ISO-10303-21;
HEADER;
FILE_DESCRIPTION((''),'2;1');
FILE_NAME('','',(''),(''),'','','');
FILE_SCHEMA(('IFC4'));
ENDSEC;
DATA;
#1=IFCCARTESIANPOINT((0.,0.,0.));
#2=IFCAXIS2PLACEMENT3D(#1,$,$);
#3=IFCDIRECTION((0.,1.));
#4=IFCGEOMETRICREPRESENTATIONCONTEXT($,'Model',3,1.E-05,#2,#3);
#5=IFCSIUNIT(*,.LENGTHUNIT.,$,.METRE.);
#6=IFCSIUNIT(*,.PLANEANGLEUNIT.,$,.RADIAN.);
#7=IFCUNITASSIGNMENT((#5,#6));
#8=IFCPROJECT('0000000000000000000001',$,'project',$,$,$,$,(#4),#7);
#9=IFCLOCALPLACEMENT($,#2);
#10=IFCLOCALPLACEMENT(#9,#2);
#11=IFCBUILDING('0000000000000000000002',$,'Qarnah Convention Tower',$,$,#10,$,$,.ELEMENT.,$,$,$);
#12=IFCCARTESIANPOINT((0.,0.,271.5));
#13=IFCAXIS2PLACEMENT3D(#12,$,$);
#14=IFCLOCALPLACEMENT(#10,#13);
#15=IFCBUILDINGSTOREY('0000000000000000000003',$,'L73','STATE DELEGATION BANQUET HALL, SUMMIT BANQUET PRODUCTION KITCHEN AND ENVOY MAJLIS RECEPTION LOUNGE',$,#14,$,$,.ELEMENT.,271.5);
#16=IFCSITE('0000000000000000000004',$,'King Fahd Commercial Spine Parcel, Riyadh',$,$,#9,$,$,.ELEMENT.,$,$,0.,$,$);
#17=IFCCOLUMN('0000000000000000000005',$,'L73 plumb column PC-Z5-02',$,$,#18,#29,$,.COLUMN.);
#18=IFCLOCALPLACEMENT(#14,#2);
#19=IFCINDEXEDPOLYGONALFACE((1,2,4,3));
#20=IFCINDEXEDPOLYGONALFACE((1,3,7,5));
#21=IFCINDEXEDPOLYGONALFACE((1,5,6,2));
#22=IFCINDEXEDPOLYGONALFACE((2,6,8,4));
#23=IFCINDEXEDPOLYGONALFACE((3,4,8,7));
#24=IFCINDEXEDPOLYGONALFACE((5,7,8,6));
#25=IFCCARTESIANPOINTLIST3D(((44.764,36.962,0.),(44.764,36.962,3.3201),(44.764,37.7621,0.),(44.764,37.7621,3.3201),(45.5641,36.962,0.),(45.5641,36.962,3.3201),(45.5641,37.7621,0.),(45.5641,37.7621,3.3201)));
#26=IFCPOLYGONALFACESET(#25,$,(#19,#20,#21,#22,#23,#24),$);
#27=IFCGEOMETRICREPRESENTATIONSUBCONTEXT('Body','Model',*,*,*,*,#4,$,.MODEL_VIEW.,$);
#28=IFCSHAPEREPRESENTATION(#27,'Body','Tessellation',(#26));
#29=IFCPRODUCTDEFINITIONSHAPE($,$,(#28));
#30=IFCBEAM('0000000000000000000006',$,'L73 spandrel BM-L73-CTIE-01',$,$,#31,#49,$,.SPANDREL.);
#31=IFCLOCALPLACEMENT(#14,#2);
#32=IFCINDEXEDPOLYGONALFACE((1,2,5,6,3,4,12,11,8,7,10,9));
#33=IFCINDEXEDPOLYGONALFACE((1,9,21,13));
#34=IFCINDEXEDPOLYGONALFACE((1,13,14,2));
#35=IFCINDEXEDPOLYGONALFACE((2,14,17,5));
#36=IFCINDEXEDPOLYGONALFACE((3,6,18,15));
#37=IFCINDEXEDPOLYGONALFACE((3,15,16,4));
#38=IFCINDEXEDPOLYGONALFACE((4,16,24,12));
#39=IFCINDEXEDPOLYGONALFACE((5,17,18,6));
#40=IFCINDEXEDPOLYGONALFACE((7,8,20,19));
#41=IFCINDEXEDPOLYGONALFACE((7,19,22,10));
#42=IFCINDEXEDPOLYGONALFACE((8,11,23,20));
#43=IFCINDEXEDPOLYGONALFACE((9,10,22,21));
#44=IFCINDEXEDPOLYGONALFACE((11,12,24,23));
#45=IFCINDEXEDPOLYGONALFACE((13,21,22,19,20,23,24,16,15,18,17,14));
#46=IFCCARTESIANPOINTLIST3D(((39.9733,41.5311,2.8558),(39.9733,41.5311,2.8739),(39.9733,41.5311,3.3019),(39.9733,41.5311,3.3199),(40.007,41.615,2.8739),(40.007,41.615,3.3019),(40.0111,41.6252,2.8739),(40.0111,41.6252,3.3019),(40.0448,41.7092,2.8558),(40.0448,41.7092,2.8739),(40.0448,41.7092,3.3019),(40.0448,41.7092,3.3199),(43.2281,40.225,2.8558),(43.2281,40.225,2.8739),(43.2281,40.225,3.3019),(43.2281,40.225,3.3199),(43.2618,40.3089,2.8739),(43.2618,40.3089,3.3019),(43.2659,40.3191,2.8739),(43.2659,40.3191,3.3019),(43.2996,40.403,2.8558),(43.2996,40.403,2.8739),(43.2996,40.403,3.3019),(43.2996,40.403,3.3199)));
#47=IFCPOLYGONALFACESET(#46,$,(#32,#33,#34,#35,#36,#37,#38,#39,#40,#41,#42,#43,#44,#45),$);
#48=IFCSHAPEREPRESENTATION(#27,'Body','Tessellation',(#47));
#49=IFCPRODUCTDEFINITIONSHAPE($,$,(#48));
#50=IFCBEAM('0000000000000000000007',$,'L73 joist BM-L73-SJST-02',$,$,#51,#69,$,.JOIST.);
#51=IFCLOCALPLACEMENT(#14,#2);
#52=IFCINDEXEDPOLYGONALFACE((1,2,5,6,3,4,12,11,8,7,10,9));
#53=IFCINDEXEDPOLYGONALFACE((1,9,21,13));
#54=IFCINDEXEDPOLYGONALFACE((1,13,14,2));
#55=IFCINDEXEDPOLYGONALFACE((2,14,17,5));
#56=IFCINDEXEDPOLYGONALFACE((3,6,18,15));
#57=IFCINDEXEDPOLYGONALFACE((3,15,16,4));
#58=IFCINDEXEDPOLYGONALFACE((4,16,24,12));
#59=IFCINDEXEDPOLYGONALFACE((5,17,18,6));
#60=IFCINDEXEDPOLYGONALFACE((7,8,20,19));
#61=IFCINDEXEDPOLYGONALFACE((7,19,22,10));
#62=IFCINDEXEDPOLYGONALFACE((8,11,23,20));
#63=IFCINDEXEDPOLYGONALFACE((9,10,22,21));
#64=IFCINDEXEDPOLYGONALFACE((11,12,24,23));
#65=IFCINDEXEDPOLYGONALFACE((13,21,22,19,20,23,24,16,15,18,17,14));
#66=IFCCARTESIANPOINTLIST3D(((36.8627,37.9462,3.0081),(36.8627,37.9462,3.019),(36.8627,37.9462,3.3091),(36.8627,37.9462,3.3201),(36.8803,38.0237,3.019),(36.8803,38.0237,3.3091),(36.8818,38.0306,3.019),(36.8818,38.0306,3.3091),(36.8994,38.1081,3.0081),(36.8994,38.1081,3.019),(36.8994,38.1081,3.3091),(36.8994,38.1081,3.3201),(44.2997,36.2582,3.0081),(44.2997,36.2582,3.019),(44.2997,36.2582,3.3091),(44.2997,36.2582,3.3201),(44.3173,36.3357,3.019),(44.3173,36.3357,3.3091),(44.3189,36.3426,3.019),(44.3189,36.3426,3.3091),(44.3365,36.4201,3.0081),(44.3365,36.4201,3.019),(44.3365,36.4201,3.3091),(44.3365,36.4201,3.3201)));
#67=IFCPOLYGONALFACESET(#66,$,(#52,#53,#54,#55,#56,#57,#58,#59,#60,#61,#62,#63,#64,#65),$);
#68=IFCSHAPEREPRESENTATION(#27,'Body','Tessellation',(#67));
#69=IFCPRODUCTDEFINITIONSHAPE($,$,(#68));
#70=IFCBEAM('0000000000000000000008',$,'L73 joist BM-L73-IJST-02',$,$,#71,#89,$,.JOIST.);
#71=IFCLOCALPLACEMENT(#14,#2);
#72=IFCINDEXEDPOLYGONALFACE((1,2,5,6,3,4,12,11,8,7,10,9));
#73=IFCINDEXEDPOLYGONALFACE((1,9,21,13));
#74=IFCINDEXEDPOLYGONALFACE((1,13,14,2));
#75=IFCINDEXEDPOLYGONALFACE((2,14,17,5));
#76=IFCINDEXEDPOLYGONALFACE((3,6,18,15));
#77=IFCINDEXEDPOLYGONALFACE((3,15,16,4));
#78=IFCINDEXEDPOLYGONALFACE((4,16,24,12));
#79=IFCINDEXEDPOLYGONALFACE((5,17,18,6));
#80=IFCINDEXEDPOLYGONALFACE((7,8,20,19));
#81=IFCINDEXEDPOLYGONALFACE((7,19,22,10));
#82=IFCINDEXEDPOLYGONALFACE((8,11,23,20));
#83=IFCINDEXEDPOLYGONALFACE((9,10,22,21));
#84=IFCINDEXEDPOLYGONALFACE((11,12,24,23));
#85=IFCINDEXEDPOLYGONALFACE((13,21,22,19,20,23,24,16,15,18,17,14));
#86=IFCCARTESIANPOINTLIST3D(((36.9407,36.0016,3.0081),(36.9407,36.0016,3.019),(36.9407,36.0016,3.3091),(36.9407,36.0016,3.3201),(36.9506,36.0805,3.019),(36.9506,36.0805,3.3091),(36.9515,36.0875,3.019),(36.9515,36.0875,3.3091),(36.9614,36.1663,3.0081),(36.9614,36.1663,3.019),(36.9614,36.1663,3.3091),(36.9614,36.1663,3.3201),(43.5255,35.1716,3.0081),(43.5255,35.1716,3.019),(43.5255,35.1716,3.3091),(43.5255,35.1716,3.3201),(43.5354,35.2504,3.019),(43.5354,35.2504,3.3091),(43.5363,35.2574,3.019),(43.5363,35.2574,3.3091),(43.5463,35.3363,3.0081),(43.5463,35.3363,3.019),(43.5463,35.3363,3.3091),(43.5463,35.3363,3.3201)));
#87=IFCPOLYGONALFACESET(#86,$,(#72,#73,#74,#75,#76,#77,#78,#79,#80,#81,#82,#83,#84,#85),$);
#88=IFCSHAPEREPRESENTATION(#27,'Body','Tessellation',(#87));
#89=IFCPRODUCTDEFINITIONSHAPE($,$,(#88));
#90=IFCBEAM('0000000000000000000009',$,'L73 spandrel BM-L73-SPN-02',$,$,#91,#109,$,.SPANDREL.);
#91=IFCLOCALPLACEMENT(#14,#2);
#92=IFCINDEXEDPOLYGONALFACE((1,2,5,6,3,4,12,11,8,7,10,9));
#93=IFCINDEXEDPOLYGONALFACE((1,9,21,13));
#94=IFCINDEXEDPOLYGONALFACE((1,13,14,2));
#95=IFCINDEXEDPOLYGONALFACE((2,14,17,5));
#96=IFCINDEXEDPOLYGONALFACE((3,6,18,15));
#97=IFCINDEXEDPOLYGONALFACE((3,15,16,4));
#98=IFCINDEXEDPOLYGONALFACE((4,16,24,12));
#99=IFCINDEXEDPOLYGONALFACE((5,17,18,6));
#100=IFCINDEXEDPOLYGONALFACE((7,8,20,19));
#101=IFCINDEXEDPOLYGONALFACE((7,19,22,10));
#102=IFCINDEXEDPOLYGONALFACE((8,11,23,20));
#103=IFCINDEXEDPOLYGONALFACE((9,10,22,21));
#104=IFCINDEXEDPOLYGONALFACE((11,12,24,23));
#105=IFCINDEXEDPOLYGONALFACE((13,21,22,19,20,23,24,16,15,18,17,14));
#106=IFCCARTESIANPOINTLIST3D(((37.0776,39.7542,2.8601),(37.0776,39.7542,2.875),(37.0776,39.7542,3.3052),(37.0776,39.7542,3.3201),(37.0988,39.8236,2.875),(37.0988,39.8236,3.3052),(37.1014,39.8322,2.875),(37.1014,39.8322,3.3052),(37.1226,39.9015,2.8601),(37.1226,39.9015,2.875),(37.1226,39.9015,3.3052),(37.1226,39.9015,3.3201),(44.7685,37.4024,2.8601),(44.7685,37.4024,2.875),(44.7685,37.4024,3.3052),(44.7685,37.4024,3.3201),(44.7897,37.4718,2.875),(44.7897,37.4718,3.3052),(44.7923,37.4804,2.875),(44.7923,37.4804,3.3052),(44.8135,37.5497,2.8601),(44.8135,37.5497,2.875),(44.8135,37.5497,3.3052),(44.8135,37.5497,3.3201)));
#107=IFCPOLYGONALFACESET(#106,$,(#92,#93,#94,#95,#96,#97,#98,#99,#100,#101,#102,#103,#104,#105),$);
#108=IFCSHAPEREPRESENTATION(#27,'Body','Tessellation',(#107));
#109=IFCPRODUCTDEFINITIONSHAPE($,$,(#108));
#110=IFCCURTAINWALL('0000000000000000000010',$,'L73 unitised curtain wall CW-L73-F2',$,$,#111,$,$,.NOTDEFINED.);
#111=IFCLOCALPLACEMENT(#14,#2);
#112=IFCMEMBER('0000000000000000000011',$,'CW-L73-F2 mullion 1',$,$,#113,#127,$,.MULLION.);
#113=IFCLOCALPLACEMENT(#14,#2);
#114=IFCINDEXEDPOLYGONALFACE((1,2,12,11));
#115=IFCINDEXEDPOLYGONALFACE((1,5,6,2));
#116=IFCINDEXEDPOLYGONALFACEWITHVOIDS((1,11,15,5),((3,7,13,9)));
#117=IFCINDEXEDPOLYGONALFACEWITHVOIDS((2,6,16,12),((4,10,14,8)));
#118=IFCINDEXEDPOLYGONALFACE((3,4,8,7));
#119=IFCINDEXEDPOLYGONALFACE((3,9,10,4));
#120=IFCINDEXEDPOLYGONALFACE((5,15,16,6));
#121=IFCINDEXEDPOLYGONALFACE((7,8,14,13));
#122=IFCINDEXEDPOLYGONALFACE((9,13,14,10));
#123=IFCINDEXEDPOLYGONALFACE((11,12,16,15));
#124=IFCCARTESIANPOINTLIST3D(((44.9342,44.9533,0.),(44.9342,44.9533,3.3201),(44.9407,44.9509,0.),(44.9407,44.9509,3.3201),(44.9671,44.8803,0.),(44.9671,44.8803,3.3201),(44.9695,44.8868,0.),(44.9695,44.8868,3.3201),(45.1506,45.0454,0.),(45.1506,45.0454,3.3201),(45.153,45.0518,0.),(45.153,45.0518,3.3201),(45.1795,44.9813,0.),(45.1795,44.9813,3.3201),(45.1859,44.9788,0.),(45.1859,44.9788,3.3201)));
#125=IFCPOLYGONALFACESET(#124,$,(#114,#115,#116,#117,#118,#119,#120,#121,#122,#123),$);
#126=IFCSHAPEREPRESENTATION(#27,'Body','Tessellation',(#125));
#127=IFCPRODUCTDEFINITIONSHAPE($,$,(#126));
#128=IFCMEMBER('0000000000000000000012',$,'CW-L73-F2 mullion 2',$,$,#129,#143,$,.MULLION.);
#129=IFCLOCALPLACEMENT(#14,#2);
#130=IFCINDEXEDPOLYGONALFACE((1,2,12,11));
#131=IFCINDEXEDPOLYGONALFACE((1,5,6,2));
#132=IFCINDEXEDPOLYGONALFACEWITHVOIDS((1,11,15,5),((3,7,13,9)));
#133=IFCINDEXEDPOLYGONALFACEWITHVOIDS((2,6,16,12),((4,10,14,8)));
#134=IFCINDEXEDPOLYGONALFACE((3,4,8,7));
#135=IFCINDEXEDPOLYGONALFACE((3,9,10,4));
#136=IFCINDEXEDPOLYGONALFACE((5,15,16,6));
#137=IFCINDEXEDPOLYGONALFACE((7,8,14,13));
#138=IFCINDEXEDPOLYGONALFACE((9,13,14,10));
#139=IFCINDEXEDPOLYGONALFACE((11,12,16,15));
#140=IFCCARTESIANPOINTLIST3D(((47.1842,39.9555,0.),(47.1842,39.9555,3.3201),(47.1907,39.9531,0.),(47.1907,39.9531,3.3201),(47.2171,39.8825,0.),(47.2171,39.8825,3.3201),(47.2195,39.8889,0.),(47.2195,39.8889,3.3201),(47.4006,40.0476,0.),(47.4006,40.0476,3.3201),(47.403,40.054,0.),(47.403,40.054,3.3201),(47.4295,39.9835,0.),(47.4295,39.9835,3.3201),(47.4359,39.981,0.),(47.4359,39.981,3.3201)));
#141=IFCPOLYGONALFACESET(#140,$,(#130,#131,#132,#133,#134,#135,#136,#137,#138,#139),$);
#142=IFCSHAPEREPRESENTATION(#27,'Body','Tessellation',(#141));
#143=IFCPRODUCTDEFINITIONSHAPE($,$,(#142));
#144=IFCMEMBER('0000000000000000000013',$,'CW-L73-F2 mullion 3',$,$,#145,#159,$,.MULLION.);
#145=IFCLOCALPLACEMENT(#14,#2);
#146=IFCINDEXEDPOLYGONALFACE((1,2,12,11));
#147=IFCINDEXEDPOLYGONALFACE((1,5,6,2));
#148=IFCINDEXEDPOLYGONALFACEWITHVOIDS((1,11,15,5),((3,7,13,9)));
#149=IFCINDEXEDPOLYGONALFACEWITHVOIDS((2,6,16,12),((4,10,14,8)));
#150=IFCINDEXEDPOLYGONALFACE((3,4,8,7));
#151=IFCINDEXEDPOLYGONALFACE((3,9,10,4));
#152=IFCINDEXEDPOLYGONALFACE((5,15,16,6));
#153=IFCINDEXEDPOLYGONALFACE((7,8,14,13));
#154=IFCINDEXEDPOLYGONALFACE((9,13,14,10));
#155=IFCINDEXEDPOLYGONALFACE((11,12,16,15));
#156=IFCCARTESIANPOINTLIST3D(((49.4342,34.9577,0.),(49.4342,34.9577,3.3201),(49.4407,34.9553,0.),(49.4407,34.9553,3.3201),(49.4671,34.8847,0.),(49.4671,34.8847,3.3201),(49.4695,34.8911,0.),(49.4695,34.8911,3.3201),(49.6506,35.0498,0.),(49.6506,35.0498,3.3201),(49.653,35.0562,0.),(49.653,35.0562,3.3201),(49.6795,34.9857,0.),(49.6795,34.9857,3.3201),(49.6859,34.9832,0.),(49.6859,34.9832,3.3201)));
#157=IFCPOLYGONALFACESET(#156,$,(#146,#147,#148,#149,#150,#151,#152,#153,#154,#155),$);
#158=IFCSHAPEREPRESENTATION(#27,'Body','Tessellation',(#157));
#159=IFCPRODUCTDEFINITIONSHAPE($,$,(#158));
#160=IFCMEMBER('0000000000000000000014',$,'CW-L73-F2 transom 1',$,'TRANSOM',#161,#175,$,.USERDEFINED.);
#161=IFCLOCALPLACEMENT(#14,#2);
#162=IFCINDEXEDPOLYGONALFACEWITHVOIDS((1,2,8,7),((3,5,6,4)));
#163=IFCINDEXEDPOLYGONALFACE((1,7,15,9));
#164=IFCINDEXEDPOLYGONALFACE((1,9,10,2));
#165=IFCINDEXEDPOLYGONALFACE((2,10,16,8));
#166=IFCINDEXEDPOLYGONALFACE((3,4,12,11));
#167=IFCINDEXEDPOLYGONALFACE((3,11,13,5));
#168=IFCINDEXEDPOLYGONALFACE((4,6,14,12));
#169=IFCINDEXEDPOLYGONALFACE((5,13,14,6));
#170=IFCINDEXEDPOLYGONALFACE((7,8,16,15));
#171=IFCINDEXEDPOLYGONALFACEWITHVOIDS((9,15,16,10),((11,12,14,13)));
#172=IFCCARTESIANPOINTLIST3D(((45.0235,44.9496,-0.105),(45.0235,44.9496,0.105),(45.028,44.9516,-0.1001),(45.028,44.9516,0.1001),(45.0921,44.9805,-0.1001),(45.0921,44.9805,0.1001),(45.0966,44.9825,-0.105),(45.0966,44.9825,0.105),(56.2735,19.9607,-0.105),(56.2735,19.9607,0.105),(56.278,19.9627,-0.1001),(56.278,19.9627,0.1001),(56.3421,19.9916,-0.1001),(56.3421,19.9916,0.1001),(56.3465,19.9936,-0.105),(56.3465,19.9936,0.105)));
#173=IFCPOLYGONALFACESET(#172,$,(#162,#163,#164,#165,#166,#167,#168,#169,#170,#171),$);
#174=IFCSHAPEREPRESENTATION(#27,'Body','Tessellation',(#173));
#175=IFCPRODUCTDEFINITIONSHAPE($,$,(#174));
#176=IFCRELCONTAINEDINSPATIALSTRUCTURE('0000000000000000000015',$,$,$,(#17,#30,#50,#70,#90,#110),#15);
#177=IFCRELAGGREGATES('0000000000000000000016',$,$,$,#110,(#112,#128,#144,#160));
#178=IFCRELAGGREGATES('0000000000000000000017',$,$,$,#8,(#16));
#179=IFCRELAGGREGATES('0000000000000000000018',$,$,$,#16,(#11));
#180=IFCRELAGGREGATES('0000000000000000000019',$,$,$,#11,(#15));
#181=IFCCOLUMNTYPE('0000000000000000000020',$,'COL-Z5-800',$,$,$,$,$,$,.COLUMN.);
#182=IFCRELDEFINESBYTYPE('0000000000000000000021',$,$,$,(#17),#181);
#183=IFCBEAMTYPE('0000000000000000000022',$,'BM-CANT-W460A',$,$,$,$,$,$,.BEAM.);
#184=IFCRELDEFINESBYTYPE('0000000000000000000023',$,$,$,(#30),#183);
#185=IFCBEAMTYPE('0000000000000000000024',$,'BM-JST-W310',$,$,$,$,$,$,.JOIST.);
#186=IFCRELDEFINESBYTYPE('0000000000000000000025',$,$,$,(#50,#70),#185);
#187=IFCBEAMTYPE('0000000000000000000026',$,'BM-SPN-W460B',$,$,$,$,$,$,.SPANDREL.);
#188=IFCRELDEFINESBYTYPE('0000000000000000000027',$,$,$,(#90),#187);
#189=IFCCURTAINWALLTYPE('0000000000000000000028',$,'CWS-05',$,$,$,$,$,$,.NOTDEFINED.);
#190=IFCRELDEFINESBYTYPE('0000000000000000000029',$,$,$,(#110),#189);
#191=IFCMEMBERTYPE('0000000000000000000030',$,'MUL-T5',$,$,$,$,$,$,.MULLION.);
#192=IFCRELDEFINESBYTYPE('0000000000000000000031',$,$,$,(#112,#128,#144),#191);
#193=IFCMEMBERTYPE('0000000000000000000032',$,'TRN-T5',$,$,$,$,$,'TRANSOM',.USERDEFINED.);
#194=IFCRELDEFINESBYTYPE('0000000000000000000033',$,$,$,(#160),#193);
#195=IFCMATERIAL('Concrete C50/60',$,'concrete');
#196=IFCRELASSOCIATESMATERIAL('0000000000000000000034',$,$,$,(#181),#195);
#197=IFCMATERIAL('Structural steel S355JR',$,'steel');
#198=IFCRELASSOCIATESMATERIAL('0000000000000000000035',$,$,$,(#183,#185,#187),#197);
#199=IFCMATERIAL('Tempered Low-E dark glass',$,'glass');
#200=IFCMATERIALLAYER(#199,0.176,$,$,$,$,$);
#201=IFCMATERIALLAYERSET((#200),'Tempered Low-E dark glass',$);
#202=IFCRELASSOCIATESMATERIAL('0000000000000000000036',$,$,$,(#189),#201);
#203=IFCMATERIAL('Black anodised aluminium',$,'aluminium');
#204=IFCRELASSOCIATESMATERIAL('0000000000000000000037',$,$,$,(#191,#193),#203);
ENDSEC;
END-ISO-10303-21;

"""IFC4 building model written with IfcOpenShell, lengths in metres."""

from ifc_helpers import new_model, si_unit, direction, frame, origin, origin_2d, place, context, subcontext, project, spatial, rectangle, hollow_rectangle, i_section, extrude, material, layer, layer_set, material_profile, profile_set, type_object, element, aggregate, save


model = new_model("IFC4")

# Units and contexts
model_context = context("Model", 3, precision=1e-05, world=origin(), true_north=direction((0.0, 1.0)))
body_context = subcontext(model_context, "Body", "Model", "MODEL_VIEW")
ifc_project = project(units=[si_unit("LENGTHUNIT", "METRE"), si_unit("PLANEANGLEUNIT", "RADIAN")], contexts=[model_context])

# Site, building, storey
site_placement = place(None, origin())
site = spatial("IfcSite", under=ifc_project, at=site_placement, Name="King Fahd Commercial Spine Parcel, Riyadh", CompositionType="ELEMENT", RefElevation=0.0)
building_placement = place(site_placement, origin())
building = spatial("IfcBuilding", under=site, at=building_placement, Name="Qarnah Convention Tower", CompositionType="ELEMENT")
storey_placement = place(building_placement, frame((0.0, 0.0, 271.5)))
storey = spatial("IfcBuildingStorey", under=building, at=storey_placement, Name="L73", Description="STATE DELEGATION BANQUET HALL, SUMMIT BANQUET PRODUCTION KITCHEN AND ENVOY MAJLIS RECEPTION LOUNGE", CompositionType="ELEMENT", Elevation=271.5)

# Column
ifc_material_1 = material(Name="Concrete C50/60", Category="concrete")
ifc_material_profile_1 = material_profile(ifc_material_1, rectangle(XDim=0.8, YDim=0.8, at=origin_2d()), Name="RC-COL-800X800")
ifc_profile_set_1 = profile_set([ifc_material_profile_1], Name="Concrete C50/60")
column_type = type_object("IfcColumnType", Name="COL-Z5-800", PredefinedType="COLUMN", material=ifc_profile_set_1)
column_placement = place(storey_placement, frame((45.1641, 37.3621, 0.0), z_axis=(0.0, 0.0, 1.0), x_axis=(1.0, 0.0, 0.0)))
element("IfcColumn", 1, at=column_placement, inside=storey, type_object=column_type, Name="L73 plumb column PC-Z5-02", PredefinedType="COLUMN", context=body_context, shape_type="SweptSolid", body=[
    extrude(rectangle(XDim=0.8, YDim=0.8, at=origin_2d()), origin(), (0.0, 0.0, 1.0), 3.3201),
])

# Beams
ifc_material_2 = material(Name="Structural steel S355JR", Category="steel")
ifc_material_profile_2 = material_profile(ifc_material_2, i_section(OverallWidth=0.1919, OverallDepth=0.4641, WebThickness=0.011, FlangeThickness=0.0181, at=origin_2d()), Name="W460X89")
ifc_profile_set_2 = profile_set([ifc_material_profile_2], Name="Structural steel S355JR")
beam_type_1 = type_object("IfcBeamType", Name="BM-CANT-W460A", PredefinedType="BEAM", material=ifc_profile_set_2)
beam_1_placement = place(storey_placement, frame((40.009, 41.6201, 3.0879), z_axis=(0.928063, -0.372423, 0.0), x_axis=(0.372423, 0.928063, 0.0)))
element("IfcBeam", 2, at=beam_1_placement, inside=storey, type_object=beam_type_1, Name="L73 spandrel BM-L73-CTIE-01", PredefinedType="SPANDREL", context=body_context, shape_type="SweptSolid", body=[
    extrude(i_section(OverallWidth=0.1919, OverallDepth=0.4641, WebThickness=0.011, FlangeThickness=0.0181, at=origin_2d()), origin(), (0.0, 0.0, 1.0), 3.5071),
])
ifc_material_profile_3 = material_profile(ifc_material_2, i_section(OverallWidth=0.166, OverallDepth=0.312, WebThickness=0.0071, FlangeThickness=0.011, at=origin_2d()), Name="W310X45")
ifc_profile_set_3 = profile_set([ifc_material_profile_3], Name="Structural steel S355JR")
beam_type_2 = type_object("IfcBeamType", Name="BM-JST-W310", PredefinedType="JOIST", material=ifc_profile_set_3)
beam_2_placement = place(storey_placement, frame((44.3181, 36.3391, 3.1641), z_axis=(-0.975196, 0.221342, 0.0), x_axis=(-0.221342, -0.975196, 0.0)))
element("IfcBeam", 3, at=beam_2_placement, inside=storey, type_object=beam_type_2, Name="L73 joist BM-L73-SJST-02", PredefinedType="JOIST", context=body_context, shape_type="SweptSolid", body=[
    extrude(i_section(OverallWidth=0.166, OverallDepth=0.312, WebThickness=0.0071, FlangeThickness=0.011, at=origin_2d()), origin(), (0.0, 0.0, 1.0), 7.6262),
])
beam_3_placement = place(storey_placement, frame((43.5359, 35.2539, 3.1641), z_axis=(-0.992148, 0.125067, 0.0), x_axis=(-0.125067, -0.992148, 0.0)))
element("IfcBeam", 4, at=beam_3_placement, inside=storey, type_object=beam_type_2, Name="L73 joist BM-L73-IJST-02", PredefinedType="JOIST", context=body_context, shape_type="SweptSolid", body=[
    extrude(i_section(OverallWidth=0.166, OverallDepth=0.312, WebThickness=0.0071, FlangeThickness=0.011, at=origin_2d()), origin(), (0.0, 0.0, 1.0), 6.637),
])
ifc_material_profile_4 = material_profile(ifc_material_2, i_section(OverallWidth=0.1541, OverallDepth=0.46, WebThickness=0.009, FlangeThickness=0.0149, at=origin_2d()), Name="W460X68")
ifc_profile_set_4 = profile_set([ifc_material_profile_4], Name="Structural steel S355JR")
beam_type_3 = type_object("IfcBeamType", Name="BM-SPN-W460B", PredefinedType="SPANDREL", material=ifc_profile_set_4)
beam_4_placement = place(storey_placement, frame((44.791, 37.4761, 3.0901), z_axis=(-0.956289, 0.292424, 0.0), x_axis=(-0.292424, -0.956289, 0.0)))
element("IfcBeam", 5, at=beam_4_placement, inside=storey, type_object=beam_type_3, Name="L73 spandrel BM-L73-SPN-02", PredefinedType="SPANDREL", context=body_context, shape_type="SweptSolid", body=[
    extrude(i_section(OverallWidth=0.1541, OverallDepth=0.46, WebThickness=0.009, FlangeThickness=0.0149, at=origin_2d()), origin(), (0.0, 0.0, 1.0), 8.0425),
])

# Curtain wall, members
ifc_material_3 = material(Name="Tempered Low-E dark glass", Category="glass")
ifc_layer_1 = layer(ifc_material_3, 0.176)
ifc_layer_set_1 = layer_set([ifc_layer_1], Name="Tempered Low-E dark glass")
curtain_wall_type = type_object("IfcCurtainWallType", Name="CWS-05", PredefinedType="NOTDEFINED", material=ifc_layer_set_1)
curtain_wall_placement = place(storey_placement, origin())
curtain_wall = element("IfcCurtainWall", 6, at=curtain_wall_placement, inside=storey, type_object=curtain_wall_type, Name="L73 unitised curtain wall CW-L73-F2", PredefinedType="NOTDEFINED")
ifc_material_4 = material(Name="Black anodised aluminium", Category="aluminium")
ifc_material_profile_5 = material_profile(ifc_material_4, hollow_rectangle(XDim=0.0801, YDim=0.24, WallThickness=0.0049, at=origin_2d()), Name="MUL-80X240")
ifc_profile_set_5 = profile_set([ifc_material_profile_5], Name="Black anodised aluminium")
member_type_1 = type_object("IfcMemberType", Name="MUL-T5", PredefinedType="MULLION", material=ifc_profile_set_5)
member_1_placement = place(storey_placement, frame((45.0601, 44.9661, 0.0), z_axis=(0.0, 0.0, 1.0), x_axis=(0.410515, -0.911854, 0.0)))
member_1 = element("IfcMember", 7, at=member_1_placement, type_object=member_type_1, Name="CW-L73-F2 mullion 1", PredefinedType="MULLION", context=body_context, shape_type="SweptSolid", body=[
    extrude(hollow_rectangle(XDim=0.0801, YDim=0.24, WallThickness=0.0049, at=origin_2d()), origin(), (0.0, 0.0, 1.0), 3.3201),
])
member_2_placement = place(storey_placement, frame((47.3101, 39.9683, 0.0), z_axis=(0.0, 0.0, 1.0), x_axis=(0.410515, -0.911854, 0.0)))
member_2 = element("IfcMember", 8, at=member_2_placement, type_object=member_type_1, Name="CW-L73-F2 mullion 2", PredefinedType="MULLION", context=body_context, shape_type="SweptSolid", body=[
    extrude(hollow_rectangle(XDim=0.0801, YDim=0.24, WallThickness=0.0049, at=origin_2d()), origin(), (0.0, 0.0, 1.0), 3.3201),
])
member_3_placement = place(storey_placement, frame((49.5601, 34.9705, 0.0), z_axis=(0.0, 0.0, 1.0), x_axis=(0.410515, -0.911854, 0.0)))
member_3 = element("IfcMember", 9, at=member_3_placement, type_object=member_type_1, Name="CW-L73-F2 mullion 3", PredefinedType="MULLION", context=body_context, shape_type="SweptSolid", body=[
    extrude(hollow_rectangle(XDim=0.0801, YDim=0.24, WallThickness=0.0049, at=origin_2d()), origin(), (0.0, 0.0, 1.0), 3.3201),
])
ifc_material_profile_6 = material_profile(ifc_material_4, hollow_rectangle(XDim=0.0801, YDim=0.21, WallThickness=0.0049, at=origin_2d()), Name="TRN-80X210")
ifc_profile_set_6 = profile_set([ifc_material_profile_6], Name="Black anodised aluminium")
member_type_2 = type_object("IfcMemberType", Name="TRN-T5", ElementType="TRANSOM", PredefinedType="USERDEFINED", material=ifc_profile_set_6)
member_4_placement = place(storey_placement, frame((45.0601, 44.9661, 0.0), z_axis=(0.410515, -0.911854, 0.0), x_axis=(0.911854, 0.410515, 0.0)))
member_4 = element("IfcMember", 10, at=member_4_placement, type_object=member_type_2, Name="CW-L73-F2 transom 1", ObjectType="TRANSOM", PredefinedType="USERDEFINED", context=body_context, shape_type="SweptSolid", body=[
    extrude(hollow_rectangle(XDim=0.0801, YDim=0.21, WallThickness=0.0049, at=origin_2d()), origin(), (0.0, 0.0, 1.0), 27.4045),
])
aggregate(curtain_wall, [member_1, member_2, member_3, member_4])

save(model, "model.ifc")
